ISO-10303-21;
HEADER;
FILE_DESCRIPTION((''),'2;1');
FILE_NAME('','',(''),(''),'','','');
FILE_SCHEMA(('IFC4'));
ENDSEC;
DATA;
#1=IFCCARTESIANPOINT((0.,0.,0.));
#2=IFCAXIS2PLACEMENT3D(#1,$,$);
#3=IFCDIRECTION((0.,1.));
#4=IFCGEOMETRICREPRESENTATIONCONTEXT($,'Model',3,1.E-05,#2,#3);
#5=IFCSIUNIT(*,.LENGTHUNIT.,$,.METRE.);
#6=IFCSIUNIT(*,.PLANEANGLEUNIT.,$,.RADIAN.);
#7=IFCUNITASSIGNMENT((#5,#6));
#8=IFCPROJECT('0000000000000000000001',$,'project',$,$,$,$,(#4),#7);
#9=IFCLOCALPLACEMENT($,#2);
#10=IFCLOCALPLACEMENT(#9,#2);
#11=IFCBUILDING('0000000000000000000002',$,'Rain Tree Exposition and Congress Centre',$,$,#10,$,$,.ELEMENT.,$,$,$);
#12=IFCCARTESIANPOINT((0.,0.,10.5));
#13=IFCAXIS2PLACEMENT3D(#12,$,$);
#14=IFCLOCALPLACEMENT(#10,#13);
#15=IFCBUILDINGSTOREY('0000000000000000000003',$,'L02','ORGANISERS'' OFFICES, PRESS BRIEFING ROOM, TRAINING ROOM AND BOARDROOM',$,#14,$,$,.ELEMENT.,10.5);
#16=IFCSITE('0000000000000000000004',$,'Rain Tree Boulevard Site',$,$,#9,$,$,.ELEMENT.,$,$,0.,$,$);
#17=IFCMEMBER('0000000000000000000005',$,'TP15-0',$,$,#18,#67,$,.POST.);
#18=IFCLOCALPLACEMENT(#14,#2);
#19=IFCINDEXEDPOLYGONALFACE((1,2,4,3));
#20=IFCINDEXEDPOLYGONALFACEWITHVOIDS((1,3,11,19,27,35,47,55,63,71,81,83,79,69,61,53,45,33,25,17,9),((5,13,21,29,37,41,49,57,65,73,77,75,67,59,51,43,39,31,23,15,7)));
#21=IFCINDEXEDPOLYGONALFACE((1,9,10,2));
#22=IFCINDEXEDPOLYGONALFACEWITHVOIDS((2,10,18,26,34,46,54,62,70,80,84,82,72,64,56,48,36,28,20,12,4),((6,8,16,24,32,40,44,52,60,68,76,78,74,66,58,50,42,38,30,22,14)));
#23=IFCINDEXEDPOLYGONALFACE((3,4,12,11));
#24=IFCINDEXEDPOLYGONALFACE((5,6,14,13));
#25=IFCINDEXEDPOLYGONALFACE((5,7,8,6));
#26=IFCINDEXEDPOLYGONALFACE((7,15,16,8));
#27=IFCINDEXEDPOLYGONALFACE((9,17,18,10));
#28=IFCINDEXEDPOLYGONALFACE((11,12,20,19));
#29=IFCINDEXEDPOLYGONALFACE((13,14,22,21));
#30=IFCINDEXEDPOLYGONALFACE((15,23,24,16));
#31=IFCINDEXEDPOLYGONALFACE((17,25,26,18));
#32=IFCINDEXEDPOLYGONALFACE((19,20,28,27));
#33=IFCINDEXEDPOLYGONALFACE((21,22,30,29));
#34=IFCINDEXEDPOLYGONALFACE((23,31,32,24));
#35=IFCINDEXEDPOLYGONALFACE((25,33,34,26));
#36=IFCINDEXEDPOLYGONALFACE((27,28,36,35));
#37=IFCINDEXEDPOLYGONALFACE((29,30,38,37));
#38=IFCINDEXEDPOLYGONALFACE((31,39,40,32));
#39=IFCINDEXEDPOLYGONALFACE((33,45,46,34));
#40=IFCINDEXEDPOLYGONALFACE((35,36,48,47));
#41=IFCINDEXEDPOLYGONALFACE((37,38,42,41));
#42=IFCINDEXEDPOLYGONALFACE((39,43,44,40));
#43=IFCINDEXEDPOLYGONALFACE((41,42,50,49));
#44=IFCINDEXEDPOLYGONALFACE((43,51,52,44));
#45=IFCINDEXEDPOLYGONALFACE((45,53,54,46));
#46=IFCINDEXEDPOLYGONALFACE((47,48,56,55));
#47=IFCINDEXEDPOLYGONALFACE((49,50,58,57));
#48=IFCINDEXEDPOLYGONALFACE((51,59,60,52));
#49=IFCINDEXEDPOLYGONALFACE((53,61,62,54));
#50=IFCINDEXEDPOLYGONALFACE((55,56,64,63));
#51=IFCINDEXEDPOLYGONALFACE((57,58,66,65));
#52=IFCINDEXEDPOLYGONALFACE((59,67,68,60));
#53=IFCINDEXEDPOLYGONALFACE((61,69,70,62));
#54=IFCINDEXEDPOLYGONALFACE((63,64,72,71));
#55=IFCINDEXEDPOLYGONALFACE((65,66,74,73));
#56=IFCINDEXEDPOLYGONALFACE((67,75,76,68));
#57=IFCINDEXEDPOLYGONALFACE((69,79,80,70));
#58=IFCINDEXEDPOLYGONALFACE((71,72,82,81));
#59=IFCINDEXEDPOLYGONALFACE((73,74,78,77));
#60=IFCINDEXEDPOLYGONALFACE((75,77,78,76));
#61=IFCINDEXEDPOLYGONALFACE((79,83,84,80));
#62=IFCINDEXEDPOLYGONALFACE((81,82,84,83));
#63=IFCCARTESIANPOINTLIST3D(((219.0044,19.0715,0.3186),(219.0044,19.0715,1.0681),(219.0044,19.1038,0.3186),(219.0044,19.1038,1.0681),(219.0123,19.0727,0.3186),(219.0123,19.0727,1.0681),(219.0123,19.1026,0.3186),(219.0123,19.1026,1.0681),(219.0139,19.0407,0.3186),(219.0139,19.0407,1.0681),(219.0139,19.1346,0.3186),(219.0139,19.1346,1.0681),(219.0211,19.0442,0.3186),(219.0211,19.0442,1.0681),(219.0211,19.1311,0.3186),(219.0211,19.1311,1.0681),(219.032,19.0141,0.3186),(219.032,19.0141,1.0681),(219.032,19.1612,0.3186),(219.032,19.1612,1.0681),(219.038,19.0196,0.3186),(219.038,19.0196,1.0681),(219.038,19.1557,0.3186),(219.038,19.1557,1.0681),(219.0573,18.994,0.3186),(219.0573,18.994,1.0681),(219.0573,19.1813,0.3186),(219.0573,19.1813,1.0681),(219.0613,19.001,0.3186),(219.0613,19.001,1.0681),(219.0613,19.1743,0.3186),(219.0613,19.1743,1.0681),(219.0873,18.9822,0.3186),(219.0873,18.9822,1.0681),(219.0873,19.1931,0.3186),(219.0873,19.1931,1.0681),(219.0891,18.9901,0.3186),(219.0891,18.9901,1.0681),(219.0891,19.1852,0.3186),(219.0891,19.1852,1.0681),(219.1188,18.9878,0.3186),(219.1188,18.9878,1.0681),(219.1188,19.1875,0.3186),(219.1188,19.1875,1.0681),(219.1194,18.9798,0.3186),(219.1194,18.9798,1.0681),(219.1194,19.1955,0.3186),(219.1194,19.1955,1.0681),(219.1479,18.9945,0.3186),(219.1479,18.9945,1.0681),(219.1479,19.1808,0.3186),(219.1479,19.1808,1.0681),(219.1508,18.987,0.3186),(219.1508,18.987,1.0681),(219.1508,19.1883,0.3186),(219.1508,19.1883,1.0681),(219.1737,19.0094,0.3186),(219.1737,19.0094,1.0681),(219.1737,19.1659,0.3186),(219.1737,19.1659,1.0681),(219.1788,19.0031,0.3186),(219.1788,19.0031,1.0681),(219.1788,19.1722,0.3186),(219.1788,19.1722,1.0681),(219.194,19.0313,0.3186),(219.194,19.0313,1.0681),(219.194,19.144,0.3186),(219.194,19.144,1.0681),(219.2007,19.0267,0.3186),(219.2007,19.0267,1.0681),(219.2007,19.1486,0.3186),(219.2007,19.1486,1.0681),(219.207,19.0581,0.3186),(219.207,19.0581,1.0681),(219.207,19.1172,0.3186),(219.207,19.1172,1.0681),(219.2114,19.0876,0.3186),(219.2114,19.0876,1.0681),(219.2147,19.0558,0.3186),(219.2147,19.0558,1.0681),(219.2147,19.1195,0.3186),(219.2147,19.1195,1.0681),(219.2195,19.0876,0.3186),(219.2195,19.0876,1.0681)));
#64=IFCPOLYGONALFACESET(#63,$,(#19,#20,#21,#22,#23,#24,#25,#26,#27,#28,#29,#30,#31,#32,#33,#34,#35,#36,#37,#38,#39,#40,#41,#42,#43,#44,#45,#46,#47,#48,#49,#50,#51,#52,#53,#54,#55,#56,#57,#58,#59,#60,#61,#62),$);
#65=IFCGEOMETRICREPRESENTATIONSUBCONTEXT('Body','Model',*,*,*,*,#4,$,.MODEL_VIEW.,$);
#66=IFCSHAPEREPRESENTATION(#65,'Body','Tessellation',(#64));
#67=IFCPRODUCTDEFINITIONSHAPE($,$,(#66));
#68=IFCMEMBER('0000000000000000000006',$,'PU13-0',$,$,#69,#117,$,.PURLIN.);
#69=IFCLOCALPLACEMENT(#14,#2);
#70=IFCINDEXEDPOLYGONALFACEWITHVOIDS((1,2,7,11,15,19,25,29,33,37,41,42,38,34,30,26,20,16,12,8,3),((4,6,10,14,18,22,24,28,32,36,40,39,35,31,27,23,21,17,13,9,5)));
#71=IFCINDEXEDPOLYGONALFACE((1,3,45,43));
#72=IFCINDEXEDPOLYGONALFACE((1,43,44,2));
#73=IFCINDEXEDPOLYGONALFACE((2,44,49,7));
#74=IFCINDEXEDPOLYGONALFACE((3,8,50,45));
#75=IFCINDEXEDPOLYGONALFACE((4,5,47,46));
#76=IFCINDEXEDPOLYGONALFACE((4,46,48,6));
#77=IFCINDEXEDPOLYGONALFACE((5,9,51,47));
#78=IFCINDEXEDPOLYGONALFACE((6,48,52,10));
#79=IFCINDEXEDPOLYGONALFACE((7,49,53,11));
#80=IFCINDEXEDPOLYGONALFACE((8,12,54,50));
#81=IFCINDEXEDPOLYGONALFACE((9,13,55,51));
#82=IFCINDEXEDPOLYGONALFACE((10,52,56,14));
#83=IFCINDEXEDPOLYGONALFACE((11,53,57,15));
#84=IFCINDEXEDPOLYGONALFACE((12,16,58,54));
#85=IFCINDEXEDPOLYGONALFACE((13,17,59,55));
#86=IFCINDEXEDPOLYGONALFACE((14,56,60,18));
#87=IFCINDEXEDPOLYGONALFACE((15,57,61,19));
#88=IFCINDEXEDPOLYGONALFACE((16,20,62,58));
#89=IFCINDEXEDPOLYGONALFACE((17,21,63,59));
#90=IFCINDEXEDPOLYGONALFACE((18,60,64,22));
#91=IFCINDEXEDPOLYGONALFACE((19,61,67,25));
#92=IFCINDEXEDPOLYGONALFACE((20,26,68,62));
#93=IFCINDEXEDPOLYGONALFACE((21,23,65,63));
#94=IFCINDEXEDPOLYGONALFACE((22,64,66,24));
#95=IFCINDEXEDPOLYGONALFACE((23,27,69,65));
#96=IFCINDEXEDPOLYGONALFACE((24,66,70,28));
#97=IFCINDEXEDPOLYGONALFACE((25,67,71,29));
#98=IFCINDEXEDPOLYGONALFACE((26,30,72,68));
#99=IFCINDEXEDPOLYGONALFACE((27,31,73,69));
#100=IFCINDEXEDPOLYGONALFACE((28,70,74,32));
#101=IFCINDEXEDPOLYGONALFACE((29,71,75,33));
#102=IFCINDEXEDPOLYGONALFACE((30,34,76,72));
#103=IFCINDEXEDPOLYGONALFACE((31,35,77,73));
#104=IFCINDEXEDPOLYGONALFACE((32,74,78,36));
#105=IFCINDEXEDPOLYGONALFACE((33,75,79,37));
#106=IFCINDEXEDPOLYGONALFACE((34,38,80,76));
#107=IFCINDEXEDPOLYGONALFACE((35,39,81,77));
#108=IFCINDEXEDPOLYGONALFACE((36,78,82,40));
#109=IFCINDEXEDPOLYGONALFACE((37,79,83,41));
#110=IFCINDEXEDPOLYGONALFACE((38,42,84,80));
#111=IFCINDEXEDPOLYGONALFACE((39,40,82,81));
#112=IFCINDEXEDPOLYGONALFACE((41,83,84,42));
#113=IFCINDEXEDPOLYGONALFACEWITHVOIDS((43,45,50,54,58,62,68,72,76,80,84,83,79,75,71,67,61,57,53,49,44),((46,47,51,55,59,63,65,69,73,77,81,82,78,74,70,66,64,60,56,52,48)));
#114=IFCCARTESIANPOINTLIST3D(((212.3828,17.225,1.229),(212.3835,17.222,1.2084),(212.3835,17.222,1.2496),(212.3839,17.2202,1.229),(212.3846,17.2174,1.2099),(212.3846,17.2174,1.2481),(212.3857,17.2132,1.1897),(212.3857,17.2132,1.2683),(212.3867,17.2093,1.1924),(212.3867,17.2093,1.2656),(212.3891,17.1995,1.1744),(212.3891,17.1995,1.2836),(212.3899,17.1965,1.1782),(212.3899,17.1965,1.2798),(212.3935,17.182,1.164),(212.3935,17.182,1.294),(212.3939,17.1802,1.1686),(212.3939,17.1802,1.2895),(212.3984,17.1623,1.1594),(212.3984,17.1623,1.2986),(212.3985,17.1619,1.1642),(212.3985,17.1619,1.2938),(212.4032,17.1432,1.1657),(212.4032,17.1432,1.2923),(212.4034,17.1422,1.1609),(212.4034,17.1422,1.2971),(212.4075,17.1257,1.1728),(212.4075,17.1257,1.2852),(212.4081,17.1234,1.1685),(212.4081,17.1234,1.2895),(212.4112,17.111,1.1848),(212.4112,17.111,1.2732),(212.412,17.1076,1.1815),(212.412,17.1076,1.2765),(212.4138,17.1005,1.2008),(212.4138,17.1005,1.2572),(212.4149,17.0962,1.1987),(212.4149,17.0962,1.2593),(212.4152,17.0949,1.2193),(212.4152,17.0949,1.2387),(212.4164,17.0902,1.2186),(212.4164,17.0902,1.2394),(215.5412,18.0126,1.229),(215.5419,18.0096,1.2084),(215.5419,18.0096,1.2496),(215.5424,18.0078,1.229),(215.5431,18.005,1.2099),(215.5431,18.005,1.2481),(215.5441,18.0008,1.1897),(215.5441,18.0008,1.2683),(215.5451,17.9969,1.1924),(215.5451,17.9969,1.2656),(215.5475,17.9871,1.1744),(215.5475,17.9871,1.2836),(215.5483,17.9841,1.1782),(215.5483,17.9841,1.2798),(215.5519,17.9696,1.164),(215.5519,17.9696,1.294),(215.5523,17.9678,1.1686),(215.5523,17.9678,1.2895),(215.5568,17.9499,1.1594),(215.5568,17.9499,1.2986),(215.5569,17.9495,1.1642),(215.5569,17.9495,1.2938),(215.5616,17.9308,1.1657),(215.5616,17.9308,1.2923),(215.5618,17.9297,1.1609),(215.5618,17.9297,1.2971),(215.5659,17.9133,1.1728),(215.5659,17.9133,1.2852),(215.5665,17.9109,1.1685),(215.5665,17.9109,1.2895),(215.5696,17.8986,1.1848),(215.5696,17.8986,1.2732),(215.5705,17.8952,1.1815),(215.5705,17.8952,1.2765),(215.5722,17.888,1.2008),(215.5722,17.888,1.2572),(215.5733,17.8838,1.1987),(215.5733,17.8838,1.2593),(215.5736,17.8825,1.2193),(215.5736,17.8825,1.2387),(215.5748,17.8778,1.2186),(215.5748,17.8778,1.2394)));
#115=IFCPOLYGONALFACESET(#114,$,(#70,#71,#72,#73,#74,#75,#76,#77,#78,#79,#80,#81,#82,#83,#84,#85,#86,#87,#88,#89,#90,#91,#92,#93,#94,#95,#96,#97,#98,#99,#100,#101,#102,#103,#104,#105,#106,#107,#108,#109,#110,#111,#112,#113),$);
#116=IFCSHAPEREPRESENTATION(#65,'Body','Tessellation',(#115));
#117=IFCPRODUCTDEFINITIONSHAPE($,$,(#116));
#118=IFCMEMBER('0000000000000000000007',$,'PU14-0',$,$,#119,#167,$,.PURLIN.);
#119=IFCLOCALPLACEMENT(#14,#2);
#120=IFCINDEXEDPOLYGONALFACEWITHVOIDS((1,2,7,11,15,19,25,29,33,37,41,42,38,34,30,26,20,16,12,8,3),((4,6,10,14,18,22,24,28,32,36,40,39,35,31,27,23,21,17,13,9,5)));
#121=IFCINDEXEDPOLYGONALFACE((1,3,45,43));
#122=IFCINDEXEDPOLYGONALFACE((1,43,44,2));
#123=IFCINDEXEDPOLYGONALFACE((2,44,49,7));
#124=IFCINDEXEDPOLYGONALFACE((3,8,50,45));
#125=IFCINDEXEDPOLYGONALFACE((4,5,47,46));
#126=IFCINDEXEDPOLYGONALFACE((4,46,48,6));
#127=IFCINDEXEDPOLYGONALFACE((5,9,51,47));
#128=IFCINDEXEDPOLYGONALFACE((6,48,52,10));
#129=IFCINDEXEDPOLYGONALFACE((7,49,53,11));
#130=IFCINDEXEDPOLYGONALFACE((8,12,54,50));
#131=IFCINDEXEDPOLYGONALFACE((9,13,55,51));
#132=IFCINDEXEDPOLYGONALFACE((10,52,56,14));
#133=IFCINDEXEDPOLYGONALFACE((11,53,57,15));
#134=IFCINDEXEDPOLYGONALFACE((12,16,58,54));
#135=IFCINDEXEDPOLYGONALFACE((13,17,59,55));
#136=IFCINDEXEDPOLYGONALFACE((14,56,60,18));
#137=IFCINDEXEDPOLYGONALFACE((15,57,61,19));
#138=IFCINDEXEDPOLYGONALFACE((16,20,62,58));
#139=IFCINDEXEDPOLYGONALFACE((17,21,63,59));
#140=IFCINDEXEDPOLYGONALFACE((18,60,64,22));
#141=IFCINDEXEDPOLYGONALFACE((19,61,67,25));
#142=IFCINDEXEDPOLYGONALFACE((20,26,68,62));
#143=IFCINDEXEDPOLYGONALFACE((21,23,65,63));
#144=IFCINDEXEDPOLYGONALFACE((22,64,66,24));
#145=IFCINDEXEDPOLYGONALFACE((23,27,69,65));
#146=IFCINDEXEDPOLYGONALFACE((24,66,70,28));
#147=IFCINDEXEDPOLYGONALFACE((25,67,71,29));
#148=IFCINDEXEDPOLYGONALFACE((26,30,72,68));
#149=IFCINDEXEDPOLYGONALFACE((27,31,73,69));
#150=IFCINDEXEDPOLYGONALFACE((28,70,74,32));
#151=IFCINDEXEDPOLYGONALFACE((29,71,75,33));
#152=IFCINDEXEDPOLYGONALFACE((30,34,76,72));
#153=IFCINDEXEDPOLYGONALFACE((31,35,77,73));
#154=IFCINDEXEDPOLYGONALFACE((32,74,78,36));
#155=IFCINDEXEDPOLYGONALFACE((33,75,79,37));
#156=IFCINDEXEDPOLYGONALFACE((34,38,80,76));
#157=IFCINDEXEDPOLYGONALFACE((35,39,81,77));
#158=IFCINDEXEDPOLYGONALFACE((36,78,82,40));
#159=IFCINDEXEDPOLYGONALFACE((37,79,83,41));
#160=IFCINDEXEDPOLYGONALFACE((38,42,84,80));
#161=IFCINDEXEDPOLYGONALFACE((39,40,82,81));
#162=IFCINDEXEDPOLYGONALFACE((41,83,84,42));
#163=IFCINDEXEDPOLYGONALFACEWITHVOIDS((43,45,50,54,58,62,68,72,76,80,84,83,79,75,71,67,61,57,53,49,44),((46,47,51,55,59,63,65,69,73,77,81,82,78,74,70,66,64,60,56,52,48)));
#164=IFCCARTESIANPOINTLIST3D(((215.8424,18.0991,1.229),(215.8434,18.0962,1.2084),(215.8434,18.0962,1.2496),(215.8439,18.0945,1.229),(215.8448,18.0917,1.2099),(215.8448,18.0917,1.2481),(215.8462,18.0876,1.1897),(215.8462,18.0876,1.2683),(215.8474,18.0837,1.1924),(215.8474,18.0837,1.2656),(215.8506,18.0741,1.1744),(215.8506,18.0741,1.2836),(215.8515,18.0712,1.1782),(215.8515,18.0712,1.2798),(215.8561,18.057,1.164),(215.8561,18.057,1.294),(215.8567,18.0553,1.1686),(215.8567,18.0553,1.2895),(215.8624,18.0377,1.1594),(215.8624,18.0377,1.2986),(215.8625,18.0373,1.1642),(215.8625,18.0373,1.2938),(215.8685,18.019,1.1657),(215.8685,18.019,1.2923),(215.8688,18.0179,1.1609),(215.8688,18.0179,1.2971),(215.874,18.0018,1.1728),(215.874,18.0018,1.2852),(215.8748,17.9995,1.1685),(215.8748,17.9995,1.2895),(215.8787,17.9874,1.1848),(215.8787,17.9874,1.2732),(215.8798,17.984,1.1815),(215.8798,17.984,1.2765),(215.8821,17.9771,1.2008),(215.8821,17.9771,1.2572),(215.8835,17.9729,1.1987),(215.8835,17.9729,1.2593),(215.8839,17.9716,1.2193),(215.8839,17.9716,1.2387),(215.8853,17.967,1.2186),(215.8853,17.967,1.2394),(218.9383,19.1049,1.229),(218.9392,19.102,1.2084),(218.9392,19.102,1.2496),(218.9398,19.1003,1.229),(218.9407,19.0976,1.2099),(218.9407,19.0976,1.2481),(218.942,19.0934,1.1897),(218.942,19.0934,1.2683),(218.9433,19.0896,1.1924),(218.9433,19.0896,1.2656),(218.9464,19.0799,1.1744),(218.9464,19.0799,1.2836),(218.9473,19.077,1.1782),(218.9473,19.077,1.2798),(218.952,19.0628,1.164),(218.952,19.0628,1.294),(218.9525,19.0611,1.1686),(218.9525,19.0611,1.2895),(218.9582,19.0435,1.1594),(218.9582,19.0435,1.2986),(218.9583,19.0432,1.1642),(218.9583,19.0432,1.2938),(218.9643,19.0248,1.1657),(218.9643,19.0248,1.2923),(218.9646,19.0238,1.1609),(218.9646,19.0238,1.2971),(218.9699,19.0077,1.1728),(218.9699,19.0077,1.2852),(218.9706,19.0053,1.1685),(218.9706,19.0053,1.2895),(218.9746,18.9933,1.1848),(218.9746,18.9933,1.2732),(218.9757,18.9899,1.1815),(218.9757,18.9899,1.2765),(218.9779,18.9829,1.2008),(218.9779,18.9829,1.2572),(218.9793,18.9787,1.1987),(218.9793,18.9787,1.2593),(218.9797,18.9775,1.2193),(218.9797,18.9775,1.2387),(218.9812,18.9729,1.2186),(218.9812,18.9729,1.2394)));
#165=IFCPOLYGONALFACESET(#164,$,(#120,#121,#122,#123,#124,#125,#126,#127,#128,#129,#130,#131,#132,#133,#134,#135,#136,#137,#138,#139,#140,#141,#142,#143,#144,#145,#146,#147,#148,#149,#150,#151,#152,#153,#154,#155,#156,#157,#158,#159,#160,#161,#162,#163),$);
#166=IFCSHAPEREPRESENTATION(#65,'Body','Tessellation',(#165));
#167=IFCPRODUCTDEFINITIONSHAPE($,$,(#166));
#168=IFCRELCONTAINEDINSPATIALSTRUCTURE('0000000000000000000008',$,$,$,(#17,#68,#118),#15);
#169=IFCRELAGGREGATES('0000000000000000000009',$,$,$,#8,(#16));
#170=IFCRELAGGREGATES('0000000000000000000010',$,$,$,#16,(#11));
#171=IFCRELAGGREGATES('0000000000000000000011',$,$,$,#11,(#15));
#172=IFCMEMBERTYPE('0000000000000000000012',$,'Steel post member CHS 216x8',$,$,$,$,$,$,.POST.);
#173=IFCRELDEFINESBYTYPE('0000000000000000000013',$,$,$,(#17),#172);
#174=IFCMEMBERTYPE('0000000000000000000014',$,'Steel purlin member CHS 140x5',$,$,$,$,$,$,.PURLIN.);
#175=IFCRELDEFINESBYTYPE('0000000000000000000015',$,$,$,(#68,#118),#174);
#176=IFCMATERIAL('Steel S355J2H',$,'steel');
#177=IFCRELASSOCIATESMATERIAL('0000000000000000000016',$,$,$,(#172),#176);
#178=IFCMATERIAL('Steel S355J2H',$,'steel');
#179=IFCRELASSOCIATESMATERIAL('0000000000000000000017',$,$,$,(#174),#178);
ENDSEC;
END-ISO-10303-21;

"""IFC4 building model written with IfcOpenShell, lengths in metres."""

from ifc_helpers import new_model, si_unit, direction, frame, origin, origin_2d, place, context, subcontext, project, spatial, hollow_circle, extrude, material, material_profile, profile_set, type_object, element, save


model = new_model("IFC4")

# Units and contexts
model_context = context("Model", 3, precision=1e-05, world=origin(), true_north=direction((0.0, 1.0)))
body_context = subcontext(model_context, "Body", "Model", "MODEL_VIEW")
ifc_project = project(units=[si_unit("LENGTHUNIT", "METRE"), si_unit("PLANEANGLEUNIT", "RADIAN")], contexts=[model_context])

# Site, building, storey
site_placement = place(None, origin())
site = spatial("IfcSite", under=ifc_project, at=site_placement, Name="Rain Tree Boulevard Site", CompositionType="ELEMENT", RefElevation=0.0)
building_placement = place(site_placement, origin())
building = spatial("IfcBuilding", under=site, at=building_placement, Name="Rain Tree Exposition and Congress Centre", CompositionType="ELEMENT")
storey_placement = place(building_placement, frame((0.0, 0.0, 10.5)))
storey = spatial("IfcBuildingStorey", under=building, at=storey_placement, Name="L02", Description="ORGANISERS' OFFICES, PRESS BRIEFING ROOM, TRAINING ROOM AND BOARDROOM", CompositionType="ELEMENT", Elevation=10.5)

# Members
ifc_material_1 = material(Name="Steel S355J2H", Category="steel")
ifc_material_profile_1 = material_profile(ifc_material_1, hollow_circle(Radius=0.1082, WallThickness=0.0081, at=origin_2d()), Name="CHS 216x8")
ifc_profile_set_1 = profile_set([ifc_material_profile_1], Name="Steel S355J2H")
member_type_1 = type_object("IfcMemberType", Name="Steel post member CHS 216x8", PredefinedType="POST", material=ifc_profile_set_1)
for number, where, z_axis, x_axis, name in (
    (1, (219.1113, 19.0876, 0.3186), (0.0, 0.0, 1.0), (1.0, 0.0, 0.0), "TP15-0"),
):
    element("IfcMember", number, at=place(storey_placement, frame(where, z_axis=z_axis, x_axis=x_axis)), inside=storey, type_object=member_type_1, Name=name, PredefinedType="POST", context=body_context, shape_type="SweptSolid", body=[
        extrude(hollow_circle(Radius=0.1082, WallThickness=0.0081, at=origin_2d()), origin(), (0.0, 0.0, 1.0), 0.7495),
    ])
ifc_material_2 = material(Name="Steel S355J2H", Category="steel")
ifc_material_profile_2 = material_profile(ifc_material_2, hollow_circle(Radius=0.0698, WallThickness=0.0049, at=origin_2d()), Name="CHS 140x5")
ifc_profile_set_2 = profile_set([ifc_material_profile_2], Name="Steel S355J2H")
member_type_2 = type_object("IfcMemberType", Name="Steel purlin member CHS 140x5", PredefinedType="PURLIN", material=ifc_profile_set_2)
for number, where, z_axis, x_axis, name in (
    (2, (212.3997, 17.1572, 1.229), (0.970288, 0.241953, 0.0), (-0.241953, 0.970288, 0.0), "PU13-0"),
    (3, (215.864, 18.0327, 1.229), (0.951063, 0.308996, 0.0), (-0.308996, 0.951063, 0.0), "PU14-0"),
):
    element("IfcMember", number, at=place(storey_placement, frame(where, z_axis=z_axis, x_axis=x_axis)), inside=storey, type_object=member_type_2, Name=name, PredefinedType="PURLIN", context=body_context, shape_type="SweptSolid", body=[
        extrude(hollow_circle(Radius=0.0698, WallThickness=0.0049, at=origin_2d()), origin(), (0.0, 0.0, 1.0), 3.2551),
    ])

save(model, "model.ifc")
